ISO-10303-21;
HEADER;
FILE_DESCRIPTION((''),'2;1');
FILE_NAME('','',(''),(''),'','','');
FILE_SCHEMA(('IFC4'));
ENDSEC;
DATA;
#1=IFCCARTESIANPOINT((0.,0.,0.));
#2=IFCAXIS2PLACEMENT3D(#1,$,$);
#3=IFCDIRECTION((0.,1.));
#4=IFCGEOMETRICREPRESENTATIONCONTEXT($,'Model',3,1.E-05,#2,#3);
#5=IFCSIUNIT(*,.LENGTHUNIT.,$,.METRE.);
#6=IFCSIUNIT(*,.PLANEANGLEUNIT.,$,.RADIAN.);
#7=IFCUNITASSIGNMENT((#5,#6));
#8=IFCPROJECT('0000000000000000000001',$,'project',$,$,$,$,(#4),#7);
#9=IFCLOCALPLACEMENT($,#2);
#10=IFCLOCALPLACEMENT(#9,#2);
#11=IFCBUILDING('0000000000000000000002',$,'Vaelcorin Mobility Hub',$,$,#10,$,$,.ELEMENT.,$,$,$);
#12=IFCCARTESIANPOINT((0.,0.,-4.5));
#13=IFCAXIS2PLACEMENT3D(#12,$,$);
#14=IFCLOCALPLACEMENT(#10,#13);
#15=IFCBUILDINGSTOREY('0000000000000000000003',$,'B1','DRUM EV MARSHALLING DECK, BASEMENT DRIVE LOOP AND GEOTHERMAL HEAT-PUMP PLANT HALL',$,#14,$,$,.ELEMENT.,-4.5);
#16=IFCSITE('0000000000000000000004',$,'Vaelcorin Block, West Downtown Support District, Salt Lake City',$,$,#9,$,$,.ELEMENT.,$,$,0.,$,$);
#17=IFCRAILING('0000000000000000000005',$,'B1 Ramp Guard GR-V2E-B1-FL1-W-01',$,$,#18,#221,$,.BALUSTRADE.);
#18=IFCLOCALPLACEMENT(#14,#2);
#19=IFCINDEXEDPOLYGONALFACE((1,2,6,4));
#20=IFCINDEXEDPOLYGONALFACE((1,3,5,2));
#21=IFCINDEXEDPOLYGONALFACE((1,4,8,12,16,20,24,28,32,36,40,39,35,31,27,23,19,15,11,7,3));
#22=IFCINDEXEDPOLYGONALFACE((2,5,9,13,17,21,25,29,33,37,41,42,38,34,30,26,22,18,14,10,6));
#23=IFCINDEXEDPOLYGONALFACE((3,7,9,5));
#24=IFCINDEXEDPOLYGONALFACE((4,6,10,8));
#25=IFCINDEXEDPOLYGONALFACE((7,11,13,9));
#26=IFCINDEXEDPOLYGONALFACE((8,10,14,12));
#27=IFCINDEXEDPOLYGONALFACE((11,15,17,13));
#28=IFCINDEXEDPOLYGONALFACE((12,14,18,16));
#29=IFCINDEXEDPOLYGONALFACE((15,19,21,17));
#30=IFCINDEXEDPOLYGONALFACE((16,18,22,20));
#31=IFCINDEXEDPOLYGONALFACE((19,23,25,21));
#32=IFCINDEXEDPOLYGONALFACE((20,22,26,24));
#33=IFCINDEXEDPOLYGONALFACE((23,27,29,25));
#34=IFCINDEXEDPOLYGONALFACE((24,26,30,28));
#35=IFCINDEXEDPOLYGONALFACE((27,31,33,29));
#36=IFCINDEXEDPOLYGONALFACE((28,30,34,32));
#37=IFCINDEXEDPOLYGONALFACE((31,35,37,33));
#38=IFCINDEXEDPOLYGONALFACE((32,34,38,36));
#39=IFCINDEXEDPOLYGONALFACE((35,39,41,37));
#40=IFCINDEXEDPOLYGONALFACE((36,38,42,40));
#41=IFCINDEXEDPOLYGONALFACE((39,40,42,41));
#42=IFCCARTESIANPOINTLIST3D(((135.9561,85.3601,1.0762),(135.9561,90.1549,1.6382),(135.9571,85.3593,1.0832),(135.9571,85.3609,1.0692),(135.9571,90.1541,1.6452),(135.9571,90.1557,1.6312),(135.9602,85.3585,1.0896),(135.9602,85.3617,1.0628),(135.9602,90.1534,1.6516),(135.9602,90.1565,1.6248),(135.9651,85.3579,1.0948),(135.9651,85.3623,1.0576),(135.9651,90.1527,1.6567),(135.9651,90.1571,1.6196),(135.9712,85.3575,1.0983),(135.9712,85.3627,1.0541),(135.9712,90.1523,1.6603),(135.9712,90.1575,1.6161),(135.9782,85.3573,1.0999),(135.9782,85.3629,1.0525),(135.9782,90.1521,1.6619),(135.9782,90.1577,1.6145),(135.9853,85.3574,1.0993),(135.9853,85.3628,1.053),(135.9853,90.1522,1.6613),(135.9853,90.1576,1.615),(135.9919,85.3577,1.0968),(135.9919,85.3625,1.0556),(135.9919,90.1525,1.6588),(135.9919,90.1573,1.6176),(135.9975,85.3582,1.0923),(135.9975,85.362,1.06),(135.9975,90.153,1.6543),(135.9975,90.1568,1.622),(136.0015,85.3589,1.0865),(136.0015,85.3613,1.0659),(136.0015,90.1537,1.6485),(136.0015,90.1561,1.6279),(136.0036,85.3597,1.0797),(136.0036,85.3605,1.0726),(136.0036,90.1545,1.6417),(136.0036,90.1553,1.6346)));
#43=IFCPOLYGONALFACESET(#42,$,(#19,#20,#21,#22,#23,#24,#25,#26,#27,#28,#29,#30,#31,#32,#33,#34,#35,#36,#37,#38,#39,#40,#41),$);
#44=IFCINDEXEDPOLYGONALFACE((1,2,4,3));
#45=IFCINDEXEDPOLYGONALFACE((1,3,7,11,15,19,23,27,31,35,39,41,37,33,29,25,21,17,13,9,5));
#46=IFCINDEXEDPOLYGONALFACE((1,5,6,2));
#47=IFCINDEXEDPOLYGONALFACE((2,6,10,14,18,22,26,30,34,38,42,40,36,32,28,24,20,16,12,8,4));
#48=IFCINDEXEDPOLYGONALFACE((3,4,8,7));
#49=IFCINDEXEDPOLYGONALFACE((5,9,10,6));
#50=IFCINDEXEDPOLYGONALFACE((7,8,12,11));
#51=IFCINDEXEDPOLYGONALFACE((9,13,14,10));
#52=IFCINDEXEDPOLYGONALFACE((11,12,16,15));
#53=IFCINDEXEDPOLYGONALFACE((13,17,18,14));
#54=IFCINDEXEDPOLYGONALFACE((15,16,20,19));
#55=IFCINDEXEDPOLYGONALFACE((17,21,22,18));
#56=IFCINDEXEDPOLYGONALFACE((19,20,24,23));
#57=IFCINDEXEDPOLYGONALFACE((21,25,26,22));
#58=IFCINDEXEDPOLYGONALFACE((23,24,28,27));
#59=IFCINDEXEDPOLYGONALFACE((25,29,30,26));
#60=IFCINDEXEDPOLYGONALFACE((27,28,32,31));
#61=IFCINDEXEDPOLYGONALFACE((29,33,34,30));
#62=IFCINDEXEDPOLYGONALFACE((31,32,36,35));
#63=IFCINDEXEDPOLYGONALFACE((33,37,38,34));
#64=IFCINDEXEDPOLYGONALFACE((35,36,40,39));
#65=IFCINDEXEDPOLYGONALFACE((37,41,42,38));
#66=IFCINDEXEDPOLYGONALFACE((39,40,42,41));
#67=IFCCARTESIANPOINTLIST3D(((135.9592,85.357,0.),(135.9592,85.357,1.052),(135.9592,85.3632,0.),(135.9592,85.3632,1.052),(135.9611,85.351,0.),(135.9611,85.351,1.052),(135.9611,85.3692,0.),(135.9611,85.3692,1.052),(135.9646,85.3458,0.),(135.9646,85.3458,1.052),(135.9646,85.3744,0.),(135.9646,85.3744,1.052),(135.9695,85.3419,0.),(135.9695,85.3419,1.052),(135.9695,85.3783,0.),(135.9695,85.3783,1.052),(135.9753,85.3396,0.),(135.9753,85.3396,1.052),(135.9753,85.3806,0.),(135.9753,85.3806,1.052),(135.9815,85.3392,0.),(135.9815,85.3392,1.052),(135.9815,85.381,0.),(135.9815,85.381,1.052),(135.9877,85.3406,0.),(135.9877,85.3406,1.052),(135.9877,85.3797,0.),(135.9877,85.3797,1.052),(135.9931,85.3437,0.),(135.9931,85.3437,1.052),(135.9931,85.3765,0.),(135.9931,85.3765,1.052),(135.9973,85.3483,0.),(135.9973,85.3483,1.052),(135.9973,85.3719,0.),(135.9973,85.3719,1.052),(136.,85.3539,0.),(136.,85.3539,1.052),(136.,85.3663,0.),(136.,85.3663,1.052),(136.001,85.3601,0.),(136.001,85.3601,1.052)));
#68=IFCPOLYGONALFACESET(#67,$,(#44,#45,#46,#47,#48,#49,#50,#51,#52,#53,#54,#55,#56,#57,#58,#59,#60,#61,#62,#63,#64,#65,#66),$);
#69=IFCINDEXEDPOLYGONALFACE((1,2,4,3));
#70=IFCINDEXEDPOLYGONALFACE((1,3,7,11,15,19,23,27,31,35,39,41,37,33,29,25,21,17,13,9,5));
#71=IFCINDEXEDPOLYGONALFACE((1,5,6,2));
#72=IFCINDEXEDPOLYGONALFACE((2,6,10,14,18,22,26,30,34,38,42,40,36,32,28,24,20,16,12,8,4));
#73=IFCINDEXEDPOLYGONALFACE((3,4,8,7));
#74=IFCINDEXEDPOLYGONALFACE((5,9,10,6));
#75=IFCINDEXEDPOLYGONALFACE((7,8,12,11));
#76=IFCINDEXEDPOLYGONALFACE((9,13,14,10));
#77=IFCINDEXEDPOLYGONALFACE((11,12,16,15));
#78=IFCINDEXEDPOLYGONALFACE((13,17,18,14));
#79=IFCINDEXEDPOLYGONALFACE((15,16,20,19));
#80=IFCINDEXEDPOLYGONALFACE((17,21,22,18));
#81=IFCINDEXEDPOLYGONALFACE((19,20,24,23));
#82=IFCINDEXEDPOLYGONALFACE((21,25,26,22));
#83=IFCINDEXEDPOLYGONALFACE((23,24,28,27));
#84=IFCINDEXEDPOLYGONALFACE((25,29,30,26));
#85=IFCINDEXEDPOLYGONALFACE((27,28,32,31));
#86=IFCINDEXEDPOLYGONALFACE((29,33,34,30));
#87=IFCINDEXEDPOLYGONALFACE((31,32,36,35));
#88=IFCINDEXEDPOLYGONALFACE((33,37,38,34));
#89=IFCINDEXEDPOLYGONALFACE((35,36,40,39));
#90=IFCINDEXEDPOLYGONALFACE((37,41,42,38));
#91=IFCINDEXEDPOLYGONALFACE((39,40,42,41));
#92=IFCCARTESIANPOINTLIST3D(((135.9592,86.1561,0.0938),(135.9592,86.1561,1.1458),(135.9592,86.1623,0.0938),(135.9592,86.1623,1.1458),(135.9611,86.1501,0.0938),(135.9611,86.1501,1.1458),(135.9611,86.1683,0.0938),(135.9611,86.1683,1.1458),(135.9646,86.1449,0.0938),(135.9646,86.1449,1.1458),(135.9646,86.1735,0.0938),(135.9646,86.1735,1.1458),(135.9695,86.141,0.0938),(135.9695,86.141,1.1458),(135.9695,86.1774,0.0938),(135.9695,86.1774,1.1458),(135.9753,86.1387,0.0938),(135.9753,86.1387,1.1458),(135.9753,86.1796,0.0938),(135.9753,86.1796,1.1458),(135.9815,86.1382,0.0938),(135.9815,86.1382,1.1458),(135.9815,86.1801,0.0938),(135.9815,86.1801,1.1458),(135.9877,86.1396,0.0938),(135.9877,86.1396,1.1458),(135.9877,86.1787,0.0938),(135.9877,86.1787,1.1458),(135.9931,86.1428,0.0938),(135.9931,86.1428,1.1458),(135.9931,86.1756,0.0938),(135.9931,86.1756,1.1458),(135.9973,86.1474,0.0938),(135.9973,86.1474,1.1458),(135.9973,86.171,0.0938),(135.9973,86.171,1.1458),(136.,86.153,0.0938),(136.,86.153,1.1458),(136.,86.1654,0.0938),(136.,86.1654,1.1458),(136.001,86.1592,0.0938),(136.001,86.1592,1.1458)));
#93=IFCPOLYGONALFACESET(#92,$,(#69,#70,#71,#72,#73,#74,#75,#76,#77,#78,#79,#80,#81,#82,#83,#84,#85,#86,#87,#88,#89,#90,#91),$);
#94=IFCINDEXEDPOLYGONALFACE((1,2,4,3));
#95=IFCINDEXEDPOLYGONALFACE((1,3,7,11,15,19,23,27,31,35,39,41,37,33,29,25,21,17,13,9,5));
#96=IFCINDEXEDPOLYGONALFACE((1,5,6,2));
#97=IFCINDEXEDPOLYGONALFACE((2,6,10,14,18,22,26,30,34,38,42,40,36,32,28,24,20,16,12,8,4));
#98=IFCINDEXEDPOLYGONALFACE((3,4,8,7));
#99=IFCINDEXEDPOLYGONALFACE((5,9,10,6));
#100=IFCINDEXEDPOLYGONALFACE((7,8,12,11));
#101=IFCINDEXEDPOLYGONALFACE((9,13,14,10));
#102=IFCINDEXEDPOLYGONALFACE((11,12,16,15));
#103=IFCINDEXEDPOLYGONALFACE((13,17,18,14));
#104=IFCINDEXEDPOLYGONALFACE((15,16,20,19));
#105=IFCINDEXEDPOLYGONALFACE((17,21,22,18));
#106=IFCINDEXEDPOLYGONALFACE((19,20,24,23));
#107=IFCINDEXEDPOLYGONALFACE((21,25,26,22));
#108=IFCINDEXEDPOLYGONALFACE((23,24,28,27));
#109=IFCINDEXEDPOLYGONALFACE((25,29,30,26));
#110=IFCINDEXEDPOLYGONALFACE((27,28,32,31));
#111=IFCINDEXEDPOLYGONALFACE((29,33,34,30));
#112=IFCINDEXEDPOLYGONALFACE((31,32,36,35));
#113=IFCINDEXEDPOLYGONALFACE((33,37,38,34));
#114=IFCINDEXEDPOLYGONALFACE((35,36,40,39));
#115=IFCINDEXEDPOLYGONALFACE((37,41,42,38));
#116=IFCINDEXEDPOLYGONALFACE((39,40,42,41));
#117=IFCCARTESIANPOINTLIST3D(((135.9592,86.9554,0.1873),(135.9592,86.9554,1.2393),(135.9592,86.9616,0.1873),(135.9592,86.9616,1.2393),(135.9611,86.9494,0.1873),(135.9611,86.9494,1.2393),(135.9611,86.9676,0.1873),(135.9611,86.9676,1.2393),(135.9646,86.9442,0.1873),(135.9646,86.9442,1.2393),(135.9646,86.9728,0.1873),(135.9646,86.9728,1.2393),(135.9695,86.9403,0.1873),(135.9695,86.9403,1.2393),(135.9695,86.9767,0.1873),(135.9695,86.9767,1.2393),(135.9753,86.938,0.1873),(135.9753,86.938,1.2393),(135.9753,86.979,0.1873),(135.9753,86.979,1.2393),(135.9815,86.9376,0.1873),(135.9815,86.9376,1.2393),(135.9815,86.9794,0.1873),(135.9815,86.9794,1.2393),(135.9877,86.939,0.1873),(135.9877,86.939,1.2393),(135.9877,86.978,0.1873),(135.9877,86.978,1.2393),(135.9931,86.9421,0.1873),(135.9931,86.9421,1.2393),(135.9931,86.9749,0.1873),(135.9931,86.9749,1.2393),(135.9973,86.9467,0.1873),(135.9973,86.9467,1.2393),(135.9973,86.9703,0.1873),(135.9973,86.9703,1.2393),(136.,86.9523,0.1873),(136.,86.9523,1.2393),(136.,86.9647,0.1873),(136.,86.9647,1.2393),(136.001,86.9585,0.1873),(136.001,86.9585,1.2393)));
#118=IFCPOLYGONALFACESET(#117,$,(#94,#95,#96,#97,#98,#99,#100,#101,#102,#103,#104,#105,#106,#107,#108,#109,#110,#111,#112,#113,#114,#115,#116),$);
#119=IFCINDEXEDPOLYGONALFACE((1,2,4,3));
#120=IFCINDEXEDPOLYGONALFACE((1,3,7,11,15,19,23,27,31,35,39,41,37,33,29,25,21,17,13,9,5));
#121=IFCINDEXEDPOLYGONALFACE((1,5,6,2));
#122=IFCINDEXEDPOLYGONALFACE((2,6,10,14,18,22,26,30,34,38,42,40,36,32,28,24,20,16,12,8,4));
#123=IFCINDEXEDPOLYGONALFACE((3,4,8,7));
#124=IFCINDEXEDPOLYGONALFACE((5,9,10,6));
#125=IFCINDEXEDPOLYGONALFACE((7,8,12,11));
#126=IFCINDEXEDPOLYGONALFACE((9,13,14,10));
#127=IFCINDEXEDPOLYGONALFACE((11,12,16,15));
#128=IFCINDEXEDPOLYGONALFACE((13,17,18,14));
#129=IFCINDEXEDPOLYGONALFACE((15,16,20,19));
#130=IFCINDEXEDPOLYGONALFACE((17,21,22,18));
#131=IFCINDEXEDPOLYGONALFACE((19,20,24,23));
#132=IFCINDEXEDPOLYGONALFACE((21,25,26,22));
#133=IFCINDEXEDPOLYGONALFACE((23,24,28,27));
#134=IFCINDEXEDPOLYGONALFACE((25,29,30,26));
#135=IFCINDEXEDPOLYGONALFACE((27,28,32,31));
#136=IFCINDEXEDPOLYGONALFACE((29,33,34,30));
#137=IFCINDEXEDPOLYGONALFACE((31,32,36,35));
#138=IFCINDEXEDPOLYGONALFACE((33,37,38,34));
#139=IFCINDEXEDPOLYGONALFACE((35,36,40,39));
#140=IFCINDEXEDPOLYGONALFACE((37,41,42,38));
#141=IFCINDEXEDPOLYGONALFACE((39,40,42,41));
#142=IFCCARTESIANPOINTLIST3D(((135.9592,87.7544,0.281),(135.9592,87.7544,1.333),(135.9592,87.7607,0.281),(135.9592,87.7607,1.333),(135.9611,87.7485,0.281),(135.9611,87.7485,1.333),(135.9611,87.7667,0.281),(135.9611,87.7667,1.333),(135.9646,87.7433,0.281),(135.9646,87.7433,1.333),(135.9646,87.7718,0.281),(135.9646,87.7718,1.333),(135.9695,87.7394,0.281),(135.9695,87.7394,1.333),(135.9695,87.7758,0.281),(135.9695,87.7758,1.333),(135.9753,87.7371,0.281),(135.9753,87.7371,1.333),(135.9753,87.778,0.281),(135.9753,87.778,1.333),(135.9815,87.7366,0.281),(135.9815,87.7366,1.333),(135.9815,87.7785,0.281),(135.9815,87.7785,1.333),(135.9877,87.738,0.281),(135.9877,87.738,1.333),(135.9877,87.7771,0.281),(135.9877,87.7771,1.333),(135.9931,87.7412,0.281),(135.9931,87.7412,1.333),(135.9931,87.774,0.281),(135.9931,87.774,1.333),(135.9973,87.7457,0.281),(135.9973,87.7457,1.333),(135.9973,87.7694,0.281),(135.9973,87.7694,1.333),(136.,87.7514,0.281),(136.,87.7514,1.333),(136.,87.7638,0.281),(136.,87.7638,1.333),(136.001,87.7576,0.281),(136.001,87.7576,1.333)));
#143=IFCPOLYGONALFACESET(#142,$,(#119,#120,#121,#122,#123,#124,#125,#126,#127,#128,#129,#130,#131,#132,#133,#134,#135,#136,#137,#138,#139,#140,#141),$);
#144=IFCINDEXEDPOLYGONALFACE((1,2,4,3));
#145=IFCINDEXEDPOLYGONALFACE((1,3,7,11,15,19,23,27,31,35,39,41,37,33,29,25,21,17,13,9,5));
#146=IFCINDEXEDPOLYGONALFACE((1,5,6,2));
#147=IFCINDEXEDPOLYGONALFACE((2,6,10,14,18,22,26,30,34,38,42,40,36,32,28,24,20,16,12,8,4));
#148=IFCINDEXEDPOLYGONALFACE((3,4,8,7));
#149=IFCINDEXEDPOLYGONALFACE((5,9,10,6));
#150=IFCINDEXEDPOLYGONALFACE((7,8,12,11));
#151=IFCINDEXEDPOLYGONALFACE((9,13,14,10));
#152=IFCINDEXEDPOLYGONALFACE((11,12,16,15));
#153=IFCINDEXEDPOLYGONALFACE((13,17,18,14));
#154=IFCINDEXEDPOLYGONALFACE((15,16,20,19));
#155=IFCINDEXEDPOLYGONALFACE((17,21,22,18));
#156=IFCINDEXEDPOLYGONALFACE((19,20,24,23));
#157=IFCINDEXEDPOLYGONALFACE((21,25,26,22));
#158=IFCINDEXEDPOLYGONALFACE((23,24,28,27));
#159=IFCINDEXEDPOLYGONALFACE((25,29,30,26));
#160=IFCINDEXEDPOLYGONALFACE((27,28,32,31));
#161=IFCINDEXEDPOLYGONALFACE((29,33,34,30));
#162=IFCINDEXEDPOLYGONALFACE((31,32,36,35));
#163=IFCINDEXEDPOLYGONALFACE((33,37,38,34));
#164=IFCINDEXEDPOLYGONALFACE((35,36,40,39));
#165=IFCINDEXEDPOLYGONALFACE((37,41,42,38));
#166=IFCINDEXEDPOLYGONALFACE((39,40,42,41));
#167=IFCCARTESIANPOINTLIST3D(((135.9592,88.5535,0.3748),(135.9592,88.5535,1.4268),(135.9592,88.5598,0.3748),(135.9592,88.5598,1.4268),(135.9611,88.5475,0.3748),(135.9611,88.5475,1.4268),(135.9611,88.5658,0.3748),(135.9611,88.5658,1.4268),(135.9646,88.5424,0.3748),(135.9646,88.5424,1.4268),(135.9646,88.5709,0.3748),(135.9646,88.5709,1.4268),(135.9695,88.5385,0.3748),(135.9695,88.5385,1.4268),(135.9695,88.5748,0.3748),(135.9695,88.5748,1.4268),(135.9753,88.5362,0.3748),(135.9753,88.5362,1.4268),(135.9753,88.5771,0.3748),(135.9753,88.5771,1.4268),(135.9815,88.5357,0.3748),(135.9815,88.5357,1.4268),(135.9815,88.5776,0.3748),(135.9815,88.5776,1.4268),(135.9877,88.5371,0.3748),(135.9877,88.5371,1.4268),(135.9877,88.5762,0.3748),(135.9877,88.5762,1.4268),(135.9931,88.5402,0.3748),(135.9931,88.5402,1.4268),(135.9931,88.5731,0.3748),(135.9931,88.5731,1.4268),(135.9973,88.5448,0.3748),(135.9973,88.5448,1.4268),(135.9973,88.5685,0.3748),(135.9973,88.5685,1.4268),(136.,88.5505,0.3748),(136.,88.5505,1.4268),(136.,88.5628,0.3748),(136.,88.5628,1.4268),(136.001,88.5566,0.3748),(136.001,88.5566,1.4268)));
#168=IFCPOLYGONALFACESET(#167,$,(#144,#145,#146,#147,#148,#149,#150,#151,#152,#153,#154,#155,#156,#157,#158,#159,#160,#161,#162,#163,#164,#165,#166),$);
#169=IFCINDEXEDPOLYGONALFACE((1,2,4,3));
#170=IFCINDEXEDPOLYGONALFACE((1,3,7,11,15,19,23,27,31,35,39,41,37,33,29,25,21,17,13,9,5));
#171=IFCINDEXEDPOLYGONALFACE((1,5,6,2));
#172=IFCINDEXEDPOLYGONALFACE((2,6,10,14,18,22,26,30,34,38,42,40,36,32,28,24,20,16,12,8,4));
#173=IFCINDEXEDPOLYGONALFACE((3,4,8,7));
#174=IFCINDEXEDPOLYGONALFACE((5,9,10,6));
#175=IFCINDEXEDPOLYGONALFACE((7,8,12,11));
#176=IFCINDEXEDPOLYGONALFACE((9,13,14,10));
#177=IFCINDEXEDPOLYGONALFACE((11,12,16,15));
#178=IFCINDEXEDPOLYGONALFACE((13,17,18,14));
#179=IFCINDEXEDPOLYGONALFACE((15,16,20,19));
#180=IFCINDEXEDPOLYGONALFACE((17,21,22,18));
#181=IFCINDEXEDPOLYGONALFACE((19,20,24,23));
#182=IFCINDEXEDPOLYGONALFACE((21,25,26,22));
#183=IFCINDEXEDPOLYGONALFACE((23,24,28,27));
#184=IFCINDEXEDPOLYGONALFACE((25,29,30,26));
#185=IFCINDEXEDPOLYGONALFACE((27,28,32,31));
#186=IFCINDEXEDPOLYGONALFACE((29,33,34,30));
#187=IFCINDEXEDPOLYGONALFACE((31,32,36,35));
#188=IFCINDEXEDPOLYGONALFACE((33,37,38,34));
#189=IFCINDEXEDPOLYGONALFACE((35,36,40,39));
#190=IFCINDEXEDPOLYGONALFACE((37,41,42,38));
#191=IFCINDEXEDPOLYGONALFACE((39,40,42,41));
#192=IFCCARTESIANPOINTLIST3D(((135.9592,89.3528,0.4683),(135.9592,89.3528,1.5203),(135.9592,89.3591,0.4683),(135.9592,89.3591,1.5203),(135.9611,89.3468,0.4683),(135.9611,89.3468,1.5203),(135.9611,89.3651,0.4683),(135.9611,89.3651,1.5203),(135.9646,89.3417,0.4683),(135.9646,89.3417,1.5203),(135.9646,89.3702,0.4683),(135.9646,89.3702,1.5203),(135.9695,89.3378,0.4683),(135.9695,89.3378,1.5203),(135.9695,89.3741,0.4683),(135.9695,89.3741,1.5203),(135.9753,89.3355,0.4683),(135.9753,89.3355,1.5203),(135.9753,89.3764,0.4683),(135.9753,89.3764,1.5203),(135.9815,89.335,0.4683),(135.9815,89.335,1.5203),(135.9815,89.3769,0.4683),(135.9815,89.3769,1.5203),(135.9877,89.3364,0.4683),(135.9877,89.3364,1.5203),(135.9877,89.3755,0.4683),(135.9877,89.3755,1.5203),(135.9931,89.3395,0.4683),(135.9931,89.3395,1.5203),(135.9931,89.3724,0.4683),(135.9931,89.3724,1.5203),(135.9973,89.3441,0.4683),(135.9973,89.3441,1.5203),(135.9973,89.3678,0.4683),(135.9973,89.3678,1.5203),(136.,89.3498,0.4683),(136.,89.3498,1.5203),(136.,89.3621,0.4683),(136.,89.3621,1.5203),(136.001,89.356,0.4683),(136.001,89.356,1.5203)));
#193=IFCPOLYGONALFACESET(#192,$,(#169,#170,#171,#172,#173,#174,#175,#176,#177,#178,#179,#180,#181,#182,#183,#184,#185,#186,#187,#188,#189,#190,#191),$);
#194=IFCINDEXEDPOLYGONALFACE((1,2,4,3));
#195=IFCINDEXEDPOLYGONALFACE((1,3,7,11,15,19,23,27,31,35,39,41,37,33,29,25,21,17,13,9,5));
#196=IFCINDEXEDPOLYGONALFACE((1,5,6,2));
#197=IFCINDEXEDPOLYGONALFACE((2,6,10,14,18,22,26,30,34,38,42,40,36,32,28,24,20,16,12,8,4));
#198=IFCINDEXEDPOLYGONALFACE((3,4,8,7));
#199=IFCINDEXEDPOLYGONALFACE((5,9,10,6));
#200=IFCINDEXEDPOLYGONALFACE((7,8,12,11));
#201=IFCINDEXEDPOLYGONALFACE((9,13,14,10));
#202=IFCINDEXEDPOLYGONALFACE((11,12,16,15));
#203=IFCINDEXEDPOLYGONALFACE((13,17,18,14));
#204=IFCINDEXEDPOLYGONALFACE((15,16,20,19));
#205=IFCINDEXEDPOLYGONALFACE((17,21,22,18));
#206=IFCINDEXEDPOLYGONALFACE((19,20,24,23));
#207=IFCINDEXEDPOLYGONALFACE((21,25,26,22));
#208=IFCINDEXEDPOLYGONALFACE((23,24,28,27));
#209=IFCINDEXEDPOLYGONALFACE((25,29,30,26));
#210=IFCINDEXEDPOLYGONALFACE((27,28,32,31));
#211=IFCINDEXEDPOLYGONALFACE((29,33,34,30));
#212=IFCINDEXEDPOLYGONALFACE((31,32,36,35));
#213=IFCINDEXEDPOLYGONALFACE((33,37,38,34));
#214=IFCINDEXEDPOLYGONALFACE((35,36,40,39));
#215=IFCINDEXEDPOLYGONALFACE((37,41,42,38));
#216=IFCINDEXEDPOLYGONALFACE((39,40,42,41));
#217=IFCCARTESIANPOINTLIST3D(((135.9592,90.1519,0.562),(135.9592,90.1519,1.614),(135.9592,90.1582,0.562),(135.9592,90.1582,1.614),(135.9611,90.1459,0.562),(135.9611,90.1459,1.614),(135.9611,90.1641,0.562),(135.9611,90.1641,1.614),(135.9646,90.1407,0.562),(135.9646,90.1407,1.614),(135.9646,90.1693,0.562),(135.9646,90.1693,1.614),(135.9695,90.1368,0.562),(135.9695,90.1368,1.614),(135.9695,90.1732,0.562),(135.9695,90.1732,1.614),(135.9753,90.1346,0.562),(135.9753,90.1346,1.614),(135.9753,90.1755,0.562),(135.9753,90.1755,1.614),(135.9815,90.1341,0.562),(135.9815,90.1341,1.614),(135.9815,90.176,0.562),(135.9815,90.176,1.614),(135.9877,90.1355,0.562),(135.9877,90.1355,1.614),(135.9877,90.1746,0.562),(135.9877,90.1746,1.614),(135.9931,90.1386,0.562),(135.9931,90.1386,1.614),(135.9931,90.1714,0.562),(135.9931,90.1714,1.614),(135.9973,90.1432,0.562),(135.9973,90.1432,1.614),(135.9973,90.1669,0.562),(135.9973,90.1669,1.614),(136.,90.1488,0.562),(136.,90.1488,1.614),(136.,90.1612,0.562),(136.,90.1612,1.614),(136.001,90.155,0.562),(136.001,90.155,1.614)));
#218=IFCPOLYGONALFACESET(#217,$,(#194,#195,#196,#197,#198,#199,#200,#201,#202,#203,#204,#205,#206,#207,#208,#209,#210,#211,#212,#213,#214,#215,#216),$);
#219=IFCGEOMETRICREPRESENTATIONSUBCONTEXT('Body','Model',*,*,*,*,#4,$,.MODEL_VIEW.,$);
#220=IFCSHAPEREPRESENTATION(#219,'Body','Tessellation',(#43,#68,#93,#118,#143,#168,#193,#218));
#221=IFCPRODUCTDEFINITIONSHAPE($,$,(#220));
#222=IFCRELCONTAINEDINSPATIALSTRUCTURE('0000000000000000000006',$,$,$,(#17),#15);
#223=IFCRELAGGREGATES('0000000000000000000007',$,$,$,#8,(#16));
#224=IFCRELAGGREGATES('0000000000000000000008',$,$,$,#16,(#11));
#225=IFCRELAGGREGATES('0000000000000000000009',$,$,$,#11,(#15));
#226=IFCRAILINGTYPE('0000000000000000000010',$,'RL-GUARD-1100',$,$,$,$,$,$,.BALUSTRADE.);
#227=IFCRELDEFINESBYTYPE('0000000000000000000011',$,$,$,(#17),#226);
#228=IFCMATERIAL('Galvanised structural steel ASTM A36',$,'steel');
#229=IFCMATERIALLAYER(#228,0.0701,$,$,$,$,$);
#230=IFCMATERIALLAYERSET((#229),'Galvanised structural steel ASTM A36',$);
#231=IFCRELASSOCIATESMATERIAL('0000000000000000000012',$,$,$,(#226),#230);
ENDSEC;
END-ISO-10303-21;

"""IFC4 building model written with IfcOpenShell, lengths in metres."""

from ifc_helpers import new_model, si_unit, direction, frame, origin, origin_2d, place, context, subcontext, project, spatial, circle, extrude, material, layer, layer_set, type_object, element, save


model = new_model("IFC4")

# Units and contexts
model_context = context("Model", 3, precision=1e-05, world=origin(), true_north=direction((0.0, 1.0)))
body_context = subcontext(model_context, "Body", "Model", "MODEL_VIEW")
ifc_project = project(units=[si_unit("LENGTHUNIT", "METRE"), si_unit("PLANEANGLEUNIT", "RADIAN")], contexts=[model_context])

# Site, building, storey
site_placement = place(None, origin())
site = spatial("IfcSite", under=ifc_project, at=site_placement, Name="Vaelcorin Block, West Downtown Support District, Salt Lake City", CompositionType="ELEMENT", RefElevation=0.0)
building_placement = place(site_placement, origin())
building = spatial("IfcBuilding", under=site, at=building_placement, Name="Vaelcorin Mobility Hub", CompositionType="ELEMENT")
storey_placement = place(building_placement, frame((0.0, 0.0, -4.5)))
storey = spatial("IfcBuildingStorey", under=building, at=storey_placement, Name="B1", Description="DRUM EV MARSHALLING DECK, BASEMENT DRIVE LOOP AND GEOTHERMAL HEAT-PUMP PLANT HALL", CompositionType="ELEMENT", Elevation=-4.5)

# Railing
ifc_material_1 = material(Name="Galvanised structural steel ASTM A36", Category="steel")
ifc_layer_1 = layer(ifc_material_1, 0.0701)
ifc_layer_set_1 = layer_set([ifc_layer_1], Name="Galvanised structural steel ASTM A36")
railing_type = type_object("IfcRailingType", Name="RL-GUARD-1100", PredefinedType="BALUSTRADE", material=ifc_layer_set_1)
railing_1_placement = place(storey_placement, frame((135.98, 85.3601, 0.0)))
element("IfcRailing", 1, at=railing_1_placement, inside=storey, type_object=railing_type, Name="B1 Ramp Guard GR-V2E-B1-FL1-W-01", PredefinedType="BALUSTRADE", context=body_context, shape_type="SweptSolid", body=[
    extrude(circle(Radius=0.0239, at=origin_2d()), frame((0.0, 0.0, 1.0762), z_axis=(0.0, 0.993201, 0.116413), x_axis=(-1.0, 0.0, 0.0)), (0.0, 0.0, 1.0), 4.8276),
    extrude(circle(Radius=0.021, at=origin_2d()), origin(), (0.0, 0.0, 1.0), 1.052),
    extrude(circle(Radius=0.021, at=origin_2d()), frame((0.0, 0.7991, 0.0938)), (0.0, 0.0, 1.0), 1.052),
    extrude(circle(Radius=0.021, at=origin_2d()), frame((0.0, 1.5984, 0.1873)), (0.0, 0.0, 1.0), 1.052),
    extrude(circle(Radius=0.021, at=origin_2d()), frame((0.0, 2.3975, 0.281)), (0.0, 0.0, 1.0), 1.052),
    extrude(circle(Radius=0.021, at=origin_2d()), frame((0.0, 3.1965, 0.3748)), (0.0, 0.0, 1.0), 1.052),
    extrude(circle(Radius=0.021, at=origin_2d()), frame((0.0, 3.9958, 0.4683)), (0.0, 0.0, 1.0), 1.052),
    extrude(circle(Radius=0.021, at=origin_2d()), frame((0.0, 4.7949, 0.562)), (0.0, 0.0, 1.0), 1.052),
])

save(model, "model.ifc")
